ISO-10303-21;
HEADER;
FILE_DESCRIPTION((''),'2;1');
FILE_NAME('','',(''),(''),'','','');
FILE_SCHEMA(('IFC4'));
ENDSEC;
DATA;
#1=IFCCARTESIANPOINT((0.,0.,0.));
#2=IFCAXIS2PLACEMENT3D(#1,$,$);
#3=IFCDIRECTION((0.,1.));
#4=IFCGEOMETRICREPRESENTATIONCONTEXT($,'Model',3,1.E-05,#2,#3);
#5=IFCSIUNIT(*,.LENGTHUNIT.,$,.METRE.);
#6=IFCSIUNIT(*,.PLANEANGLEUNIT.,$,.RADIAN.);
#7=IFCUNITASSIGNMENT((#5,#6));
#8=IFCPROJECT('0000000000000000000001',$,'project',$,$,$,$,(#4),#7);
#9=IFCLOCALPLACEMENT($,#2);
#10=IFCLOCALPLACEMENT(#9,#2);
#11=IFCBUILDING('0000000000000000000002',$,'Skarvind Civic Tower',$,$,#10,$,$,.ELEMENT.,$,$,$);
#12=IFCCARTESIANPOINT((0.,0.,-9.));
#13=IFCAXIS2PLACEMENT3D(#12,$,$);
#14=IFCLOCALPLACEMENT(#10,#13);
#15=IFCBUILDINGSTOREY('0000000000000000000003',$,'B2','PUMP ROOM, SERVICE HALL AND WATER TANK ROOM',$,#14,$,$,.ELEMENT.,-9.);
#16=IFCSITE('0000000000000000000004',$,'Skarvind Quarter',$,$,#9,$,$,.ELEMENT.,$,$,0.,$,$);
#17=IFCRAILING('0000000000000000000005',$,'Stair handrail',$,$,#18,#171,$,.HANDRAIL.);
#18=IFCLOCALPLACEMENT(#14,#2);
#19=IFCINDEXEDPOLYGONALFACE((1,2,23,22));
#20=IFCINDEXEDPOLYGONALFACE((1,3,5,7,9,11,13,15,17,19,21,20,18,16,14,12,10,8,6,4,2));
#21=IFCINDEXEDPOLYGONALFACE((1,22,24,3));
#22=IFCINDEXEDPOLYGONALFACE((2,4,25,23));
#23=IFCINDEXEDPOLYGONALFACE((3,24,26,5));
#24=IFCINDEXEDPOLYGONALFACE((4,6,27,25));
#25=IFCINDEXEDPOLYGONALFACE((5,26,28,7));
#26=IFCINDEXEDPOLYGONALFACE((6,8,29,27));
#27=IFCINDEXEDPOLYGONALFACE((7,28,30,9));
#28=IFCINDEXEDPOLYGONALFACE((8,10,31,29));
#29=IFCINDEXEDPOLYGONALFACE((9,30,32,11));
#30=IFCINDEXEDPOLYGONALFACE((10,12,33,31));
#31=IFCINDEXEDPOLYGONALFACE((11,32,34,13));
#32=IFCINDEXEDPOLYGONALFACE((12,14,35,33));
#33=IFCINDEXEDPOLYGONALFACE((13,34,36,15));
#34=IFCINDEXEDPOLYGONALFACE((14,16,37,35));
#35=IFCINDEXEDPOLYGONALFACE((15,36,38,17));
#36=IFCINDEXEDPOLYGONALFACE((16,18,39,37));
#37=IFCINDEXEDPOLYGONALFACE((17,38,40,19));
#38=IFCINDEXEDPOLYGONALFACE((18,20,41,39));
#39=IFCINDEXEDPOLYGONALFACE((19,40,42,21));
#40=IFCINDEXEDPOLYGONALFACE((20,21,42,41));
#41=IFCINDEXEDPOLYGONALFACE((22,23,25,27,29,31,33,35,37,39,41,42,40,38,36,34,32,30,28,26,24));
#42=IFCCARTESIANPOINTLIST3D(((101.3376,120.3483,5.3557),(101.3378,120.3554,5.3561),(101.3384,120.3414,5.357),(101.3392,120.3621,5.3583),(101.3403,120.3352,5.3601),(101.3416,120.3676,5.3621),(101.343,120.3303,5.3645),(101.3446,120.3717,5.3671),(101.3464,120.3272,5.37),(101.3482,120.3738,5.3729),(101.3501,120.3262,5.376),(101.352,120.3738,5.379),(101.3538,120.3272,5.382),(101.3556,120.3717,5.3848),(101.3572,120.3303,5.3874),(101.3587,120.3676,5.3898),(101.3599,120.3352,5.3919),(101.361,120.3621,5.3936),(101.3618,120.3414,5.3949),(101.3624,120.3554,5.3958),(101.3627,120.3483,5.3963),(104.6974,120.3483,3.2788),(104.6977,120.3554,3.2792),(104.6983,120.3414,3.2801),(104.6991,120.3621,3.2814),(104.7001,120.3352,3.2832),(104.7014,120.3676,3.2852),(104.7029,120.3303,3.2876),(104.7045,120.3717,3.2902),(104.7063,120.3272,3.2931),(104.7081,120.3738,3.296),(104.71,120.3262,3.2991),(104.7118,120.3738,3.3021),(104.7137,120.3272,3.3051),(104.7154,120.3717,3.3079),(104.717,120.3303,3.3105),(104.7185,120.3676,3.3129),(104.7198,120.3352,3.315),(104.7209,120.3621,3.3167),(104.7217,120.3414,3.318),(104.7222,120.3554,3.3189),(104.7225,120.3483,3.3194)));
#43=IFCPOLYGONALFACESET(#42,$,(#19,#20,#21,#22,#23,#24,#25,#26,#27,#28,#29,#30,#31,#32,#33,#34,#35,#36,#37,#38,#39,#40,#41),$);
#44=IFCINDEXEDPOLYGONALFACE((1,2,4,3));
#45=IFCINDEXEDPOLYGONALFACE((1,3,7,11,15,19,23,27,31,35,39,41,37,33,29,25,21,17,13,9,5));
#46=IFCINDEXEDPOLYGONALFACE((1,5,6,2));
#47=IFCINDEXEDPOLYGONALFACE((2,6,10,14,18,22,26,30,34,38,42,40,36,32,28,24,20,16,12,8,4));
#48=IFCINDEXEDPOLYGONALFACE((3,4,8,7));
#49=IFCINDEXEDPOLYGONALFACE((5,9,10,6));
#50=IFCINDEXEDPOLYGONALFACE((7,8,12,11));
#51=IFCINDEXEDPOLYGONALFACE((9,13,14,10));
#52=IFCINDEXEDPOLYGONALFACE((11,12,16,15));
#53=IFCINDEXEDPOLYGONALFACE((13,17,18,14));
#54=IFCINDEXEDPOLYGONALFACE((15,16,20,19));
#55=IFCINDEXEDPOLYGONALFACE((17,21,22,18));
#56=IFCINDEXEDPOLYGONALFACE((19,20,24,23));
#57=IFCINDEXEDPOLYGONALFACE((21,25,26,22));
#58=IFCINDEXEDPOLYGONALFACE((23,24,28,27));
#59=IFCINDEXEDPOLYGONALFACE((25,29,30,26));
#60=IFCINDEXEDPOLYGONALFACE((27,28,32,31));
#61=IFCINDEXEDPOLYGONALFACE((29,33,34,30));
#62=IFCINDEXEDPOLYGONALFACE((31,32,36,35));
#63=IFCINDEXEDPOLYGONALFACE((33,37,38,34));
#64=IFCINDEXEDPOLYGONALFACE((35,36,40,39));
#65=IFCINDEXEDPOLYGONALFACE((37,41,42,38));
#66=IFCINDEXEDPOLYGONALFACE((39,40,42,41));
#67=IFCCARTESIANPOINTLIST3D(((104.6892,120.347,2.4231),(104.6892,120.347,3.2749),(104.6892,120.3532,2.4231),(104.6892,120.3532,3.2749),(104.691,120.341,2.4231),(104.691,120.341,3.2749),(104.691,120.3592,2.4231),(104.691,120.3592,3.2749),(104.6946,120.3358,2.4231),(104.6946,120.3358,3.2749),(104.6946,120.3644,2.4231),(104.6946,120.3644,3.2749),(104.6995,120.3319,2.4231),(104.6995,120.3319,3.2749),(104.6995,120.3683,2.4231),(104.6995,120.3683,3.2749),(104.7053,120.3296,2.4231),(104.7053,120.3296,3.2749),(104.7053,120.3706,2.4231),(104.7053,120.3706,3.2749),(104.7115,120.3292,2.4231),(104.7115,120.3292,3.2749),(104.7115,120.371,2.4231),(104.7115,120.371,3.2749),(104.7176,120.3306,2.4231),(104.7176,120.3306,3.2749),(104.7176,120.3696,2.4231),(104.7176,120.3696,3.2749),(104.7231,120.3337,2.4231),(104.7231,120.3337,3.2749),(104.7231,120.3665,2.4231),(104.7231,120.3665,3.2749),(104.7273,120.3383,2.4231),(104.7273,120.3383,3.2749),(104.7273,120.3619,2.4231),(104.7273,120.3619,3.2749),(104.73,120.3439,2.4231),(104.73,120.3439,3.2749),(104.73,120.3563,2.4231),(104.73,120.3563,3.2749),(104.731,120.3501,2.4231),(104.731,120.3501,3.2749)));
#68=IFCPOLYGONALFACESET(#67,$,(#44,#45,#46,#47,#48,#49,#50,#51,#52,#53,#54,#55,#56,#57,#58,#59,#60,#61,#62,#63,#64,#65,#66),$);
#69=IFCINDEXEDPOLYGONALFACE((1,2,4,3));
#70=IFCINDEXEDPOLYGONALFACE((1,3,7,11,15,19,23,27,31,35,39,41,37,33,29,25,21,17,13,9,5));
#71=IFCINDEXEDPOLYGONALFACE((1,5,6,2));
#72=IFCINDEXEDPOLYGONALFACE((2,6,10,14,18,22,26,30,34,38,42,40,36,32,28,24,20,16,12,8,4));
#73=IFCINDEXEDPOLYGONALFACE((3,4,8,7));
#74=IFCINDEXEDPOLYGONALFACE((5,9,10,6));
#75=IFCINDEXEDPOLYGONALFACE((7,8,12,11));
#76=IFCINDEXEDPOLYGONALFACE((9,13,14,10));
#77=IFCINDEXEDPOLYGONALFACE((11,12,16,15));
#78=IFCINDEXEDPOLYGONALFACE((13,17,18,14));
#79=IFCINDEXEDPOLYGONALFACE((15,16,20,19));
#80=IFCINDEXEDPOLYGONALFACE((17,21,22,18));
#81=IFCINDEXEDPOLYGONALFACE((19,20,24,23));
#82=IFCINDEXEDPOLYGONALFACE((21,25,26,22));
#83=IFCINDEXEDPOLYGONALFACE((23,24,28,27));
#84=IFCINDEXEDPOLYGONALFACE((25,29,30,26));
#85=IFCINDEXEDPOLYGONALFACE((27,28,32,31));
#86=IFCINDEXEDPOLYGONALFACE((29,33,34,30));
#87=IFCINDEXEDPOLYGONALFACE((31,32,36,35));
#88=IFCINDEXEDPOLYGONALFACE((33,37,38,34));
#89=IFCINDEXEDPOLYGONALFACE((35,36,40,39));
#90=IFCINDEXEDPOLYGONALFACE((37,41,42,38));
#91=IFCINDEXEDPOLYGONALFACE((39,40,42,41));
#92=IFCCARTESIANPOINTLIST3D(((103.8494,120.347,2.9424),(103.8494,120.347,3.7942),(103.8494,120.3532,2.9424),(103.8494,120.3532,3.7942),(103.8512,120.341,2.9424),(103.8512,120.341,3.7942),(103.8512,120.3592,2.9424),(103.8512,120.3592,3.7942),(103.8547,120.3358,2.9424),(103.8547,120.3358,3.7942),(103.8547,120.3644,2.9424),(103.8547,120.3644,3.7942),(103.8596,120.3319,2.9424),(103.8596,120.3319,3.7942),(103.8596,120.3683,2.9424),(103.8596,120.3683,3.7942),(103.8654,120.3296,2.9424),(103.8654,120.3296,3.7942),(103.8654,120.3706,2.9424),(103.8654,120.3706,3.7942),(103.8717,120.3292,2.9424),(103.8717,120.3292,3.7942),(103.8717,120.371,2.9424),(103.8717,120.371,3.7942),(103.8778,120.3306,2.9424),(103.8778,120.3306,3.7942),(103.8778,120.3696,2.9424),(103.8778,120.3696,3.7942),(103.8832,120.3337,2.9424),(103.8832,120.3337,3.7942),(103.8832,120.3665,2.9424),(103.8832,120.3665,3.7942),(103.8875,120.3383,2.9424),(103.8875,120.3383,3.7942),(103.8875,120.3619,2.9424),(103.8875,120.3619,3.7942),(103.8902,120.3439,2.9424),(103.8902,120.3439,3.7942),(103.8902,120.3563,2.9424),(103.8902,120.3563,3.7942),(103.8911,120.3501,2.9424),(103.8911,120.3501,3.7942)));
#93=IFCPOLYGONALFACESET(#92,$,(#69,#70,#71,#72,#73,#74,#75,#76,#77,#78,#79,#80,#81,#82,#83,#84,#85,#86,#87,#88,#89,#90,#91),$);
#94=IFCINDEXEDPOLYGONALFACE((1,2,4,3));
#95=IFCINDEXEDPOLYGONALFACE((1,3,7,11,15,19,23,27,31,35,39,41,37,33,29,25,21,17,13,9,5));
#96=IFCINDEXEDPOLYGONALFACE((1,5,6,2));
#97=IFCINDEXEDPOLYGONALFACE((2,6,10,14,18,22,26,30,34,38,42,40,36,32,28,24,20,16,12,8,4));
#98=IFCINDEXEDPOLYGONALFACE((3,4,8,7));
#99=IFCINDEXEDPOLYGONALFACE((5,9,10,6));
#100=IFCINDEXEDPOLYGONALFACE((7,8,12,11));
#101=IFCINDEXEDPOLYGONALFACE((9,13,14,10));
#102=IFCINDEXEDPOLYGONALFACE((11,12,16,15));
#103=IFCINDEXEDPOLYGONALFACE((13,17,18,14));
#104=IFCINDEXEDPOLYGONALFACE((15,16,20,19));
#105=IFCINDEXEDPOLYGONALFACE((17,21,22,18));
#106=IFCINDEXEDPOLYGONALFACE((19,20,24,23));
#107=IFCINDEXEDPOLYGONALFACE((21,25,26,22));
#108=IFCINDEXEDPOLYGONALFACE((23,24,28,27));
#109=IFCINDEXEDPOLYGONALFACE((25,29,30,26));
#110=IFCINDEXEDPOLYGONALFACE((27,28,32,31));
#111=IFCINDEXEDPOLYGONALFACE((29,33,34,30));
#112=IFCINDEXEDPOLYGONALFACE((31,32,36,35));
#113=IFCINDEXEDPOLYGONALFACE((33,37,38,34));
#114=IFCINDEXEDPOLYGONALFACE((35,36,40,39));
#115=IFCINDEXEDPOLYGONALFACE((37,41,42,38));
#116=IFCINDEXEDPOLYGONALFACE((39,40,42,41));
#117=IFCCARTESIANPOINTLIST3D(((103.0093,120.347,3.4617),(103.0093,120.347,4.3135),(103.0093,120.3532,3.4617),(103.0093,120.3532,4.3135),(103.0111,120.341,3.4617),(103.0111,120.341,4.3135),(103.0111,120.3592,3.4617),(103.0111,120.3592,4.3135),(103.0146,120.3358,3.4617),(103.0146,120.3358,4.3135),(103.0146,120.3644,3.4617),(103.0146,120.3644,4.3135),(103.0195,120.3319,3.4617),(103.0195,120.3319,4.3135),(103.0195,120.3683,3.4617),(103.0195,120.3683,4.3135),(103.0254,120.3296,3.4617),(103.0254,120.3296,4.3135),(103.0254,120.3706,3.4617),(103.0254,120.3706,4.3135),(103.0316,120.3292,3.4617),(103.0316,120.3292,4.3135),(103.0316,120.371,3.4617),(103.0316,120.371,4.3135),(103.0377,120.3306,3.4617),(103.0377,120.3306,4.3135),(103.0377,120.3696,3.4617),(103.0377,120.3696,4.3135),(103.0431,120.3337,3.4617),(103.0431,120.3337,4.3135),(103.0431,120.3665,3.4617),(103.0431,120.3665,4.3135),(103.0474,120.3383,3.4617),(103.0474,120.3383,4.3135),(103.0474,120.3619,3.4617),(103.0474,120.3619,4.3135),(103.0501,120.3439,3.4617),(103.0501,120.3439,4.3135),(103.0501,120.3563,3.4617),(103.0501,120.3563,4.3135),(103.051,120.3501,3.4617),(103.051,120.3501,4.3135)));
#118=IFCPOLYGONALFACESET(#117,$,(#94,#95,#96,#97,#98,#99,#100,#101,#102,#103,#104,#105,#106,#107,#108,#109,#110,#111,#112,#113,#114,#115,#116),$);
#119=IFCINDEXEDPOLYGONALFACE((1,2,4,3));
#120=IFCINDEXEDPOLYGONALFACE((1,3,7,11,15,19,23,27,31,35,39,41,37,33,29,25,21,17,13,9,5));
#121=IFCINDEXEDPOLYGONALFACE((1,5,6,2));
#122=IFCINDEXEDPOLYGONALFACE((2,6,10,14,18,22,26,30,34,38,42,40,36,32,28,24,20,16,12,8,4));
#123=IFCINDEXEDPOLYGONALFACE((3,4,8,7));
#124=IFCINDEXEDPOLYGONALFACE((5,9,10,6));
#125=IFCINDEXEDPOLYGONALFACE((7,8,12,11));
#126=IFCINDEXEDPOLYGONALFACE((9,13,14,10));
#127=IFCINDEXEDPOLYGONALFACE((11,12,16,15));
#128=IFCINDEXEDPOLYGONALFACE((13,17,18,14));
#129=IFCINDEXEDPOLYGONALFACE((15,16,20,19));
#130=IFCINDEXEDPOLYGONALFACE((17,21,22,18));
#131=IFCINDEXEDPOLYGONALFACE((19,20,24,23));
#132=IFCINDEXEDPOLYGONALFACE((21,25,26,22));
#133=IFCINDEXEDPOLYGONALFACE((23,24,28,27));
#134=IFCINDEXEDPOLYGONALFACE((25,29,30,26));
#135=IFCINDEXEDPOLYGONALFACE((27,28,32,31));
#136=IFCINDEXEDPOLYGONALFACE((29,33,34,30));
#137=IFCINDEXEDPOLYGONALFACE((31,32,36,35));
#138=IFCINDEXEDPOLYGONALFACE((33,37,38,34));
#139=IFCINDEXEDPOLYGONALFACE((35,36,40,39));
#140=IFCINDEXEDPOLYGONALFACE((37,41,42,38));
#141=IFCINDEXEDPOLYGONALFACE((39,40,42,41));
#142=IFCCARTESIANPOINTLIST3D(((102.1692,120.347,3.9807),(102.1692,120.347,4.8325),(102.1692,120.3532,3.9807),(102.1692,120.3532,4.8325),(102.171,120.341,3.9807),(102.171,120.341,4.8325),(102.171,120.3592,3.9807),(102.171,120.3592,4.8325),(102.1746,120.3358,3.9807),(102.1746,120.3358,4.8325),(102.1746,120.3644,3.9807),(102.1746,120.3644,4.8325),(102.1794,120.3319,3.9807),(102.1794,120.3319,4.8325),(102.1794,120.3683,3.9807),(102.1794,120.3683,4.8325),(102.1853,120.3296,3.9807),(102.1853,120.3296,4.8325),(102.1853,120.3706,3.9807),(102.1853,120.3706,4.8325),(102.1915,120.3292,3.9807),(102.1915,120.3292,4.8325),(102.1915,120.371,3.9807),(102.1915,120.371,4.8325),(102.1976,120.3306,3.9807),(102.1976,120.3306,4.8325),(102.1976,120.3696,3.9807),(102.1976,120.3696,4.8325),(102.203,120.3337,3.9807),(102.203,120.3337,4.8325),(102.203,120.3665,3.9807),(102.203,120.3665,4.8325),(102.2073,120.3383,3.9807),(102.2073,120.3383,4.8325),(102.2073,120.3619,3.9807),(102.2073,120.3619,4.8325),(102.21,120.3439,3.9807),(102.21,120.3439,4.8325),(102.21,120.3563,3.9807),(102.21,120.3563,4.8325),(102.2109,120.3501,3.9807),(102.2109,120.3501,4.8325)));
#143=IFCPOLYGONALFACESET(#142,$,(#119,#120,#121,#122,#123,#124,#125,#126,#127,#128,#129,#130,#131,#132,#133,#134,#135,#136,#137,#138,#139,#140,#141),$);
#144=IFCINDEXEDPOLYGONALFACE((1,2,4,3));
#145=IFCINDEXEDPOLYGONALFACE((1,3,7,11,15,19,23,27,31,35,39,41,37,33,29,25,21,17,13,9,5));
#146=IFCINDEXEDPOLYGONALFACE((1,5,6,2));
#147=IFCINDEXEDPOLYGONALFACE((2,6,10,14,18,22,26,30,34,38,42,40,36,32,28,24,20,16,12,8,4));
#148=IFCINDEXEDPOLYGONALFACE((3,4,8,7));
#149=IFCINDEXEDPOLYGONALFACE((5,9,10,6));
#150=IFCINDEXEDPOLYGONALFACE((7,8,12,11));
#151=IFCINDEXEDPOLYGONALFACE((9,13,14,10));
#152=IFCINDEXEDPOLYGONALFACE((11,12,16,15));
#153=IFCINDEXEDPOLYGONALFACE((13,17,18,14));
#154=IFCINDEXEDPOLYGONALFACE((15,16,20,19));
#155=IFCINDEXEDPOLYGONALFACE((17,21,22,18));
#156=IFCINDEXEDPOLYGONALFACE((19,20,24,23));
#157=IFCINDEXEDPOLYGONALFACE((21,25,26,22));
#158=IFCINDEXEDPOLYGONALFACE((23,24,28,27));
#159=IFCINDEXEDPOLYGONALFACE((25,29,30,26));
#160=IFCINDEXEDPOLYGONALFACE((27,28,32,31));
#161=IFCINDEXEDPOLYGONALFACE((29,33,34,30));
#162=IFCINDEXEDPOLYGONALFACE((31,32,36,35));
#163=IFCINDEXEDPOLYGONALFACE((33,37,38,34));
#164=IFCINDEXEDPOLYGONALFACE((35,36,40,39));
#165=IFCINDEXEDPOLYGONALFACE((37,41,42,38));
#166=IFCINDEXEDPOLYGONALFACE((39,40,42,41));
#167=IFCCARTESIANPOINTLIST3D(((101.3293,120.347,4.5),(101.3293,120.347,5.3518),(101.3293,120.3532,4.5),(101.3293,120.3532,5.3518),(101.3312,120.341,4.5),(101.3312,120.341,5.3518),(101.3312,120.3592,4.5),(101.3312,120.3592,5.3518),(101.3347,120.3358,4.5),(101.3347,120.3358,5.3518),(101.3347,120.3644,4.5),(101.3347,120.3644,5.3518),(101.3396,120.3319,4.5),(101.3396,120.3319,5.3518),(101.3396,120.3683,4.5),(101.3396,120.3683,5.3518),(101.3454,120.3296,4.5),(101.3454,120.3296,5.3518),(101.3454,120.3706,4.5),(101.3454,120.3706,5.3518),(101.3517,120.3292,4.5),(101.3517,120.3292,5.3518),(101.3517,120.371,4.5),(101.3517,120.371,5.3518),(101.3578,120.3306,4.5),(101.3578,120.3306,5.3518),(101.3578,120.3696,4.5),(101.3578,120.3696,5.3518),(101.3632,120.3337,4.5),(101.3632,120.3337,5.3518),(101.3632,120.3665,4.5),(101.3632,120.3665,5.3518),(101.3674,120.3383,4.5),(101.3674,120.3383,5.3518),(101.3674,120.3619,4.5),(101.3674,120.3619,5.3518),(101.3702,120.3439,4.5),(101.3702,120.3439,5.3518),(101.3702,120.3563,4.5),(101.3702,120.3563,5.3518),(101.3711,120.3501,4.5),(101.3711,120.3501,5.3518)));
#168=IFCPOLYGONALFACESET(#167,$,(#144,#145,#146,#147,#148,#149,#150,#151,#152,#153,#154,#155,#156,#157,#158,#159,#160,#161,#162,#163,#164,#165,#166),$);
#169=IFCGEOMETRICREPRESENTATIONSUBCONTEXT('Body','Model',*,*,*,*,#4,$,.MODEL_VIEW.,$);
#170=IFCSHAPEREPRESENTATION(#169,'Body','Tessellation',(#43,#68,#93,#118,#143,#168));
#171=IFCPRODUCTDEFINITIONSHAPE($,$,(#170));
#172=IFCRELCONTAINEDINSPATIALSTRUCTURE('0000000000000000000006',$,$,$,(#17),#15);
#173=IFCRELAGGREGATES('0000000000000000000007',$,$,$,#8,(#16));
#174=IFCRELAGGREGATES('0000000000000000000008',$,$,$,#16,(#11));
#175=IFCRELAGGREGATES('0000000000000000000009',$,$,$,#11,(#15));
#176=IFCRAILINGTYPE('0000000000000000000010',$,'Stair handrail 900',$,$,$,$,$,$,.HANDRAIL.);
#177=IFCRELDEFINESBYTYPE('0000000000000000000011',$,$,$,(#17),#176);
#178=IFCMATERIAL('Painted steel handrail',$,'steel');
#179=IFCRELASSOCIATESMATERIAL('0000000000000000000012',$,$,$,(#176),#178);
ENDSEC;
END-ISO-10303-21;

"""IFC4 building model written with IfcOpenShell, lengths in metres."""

from ifc_helpers import new_model, si_unit, direction, frame, origin, origin_2d, place, context, subcontext, project, spatial, circle, extrude, material, type_object, element, save


model = new_model("IFC4")

# Units and contexts
model_context = context("Model", 3, precision=1e-05, world=origin(), true_north=direction((0.0, 1.0)))
body_context = subcontext(model_context, "Body", "Model", "MODEL_VIEW")
ifc_project = project(units=[si_unit("LENGTHUNIT", "METRE"), si_unit("PLANEANGLEUNIT", "RADIAN")], contexts=[model_context])

# Site, building, storey
site_placement = place(None, origin())
site = spatial("IfcSite", under=ifc_project, at=site_placement, Name="Skarvind Quarter", CompositionType="ELEMENT", RefElevation=0.0)
building_placement = place(site_placement, origin())
building = spatial("IfcBuilding", under=site, at=building_placement, Name="Skarvind Civic Tower", CompositionType="ELEMENT")
storey_placement = place(building_placement, frame((0.0, 0.0, -9.0)))
storey = spatial("IfcBuildingStorey", under=building, at=storey_placement, Name="B2", Description="PUMP ROOM, SERVICE HALL AND WATER TANK ROOM", CompositionType="ELEMENT", Elevation=-9.0)

# Railing
ifc_material_1 = material(Name="Painted steel handrail", Category="steel")
railing_type = type_object("IfcRailingType", Name="Stair handrail 900", PredefinedType="HANDRAIL", material=ifc_material_1)
railing_1_placement = place(storey_placement, frame((104.71, 120.3501, 2.4231)))
element("IfcRailing", 1, at=railing_1_placement, inside=storey, type_object=railing_type, Name="Stair handrail", PredefinedType="HANDRAIL", context=body_context, shape_type="SweptSolid", body=[
    extrude(circle(Radius=0.0239, at=origin_2d()), frame((0.0, 0.0, 0.876), z_axis=(-0.850606, 0.0, 0.525803), x_axis=(0.0, -1.0, 0.0)), (0.0, 0.0, 1.0), 3.95),
    extrude(circle(Radius=0.021, at=origin_2d()), origin(), (0.0, 0.0, 1.0), 0.8518),
    extrude(circle(Radius=0.021, at=origin_2d()), frame((-0.8398, 0.0, 0.5193)), (0.0, 0.0, 1.0), 0.8518),
    extrude(circle(Radius=0.021, at=origin_2d()), frame((-1.6799, 0.0, 1.0386)), (0.0, 0.0, 1.0), 0.8518),
    extrude(circle(Radius=0.021, at=origin_2d()), frame((-2.52, 0.0, 1.5576)), (0.0, 0.0, 1.0), 0.8518),
    extrude(circle(Radius=0.021, at=origin_2d()), frame((-3.3599, 0.0, 2.0769)), (0.0, 0.0, 1.0), 0.8518),
])

save(model, "model.ifc")
